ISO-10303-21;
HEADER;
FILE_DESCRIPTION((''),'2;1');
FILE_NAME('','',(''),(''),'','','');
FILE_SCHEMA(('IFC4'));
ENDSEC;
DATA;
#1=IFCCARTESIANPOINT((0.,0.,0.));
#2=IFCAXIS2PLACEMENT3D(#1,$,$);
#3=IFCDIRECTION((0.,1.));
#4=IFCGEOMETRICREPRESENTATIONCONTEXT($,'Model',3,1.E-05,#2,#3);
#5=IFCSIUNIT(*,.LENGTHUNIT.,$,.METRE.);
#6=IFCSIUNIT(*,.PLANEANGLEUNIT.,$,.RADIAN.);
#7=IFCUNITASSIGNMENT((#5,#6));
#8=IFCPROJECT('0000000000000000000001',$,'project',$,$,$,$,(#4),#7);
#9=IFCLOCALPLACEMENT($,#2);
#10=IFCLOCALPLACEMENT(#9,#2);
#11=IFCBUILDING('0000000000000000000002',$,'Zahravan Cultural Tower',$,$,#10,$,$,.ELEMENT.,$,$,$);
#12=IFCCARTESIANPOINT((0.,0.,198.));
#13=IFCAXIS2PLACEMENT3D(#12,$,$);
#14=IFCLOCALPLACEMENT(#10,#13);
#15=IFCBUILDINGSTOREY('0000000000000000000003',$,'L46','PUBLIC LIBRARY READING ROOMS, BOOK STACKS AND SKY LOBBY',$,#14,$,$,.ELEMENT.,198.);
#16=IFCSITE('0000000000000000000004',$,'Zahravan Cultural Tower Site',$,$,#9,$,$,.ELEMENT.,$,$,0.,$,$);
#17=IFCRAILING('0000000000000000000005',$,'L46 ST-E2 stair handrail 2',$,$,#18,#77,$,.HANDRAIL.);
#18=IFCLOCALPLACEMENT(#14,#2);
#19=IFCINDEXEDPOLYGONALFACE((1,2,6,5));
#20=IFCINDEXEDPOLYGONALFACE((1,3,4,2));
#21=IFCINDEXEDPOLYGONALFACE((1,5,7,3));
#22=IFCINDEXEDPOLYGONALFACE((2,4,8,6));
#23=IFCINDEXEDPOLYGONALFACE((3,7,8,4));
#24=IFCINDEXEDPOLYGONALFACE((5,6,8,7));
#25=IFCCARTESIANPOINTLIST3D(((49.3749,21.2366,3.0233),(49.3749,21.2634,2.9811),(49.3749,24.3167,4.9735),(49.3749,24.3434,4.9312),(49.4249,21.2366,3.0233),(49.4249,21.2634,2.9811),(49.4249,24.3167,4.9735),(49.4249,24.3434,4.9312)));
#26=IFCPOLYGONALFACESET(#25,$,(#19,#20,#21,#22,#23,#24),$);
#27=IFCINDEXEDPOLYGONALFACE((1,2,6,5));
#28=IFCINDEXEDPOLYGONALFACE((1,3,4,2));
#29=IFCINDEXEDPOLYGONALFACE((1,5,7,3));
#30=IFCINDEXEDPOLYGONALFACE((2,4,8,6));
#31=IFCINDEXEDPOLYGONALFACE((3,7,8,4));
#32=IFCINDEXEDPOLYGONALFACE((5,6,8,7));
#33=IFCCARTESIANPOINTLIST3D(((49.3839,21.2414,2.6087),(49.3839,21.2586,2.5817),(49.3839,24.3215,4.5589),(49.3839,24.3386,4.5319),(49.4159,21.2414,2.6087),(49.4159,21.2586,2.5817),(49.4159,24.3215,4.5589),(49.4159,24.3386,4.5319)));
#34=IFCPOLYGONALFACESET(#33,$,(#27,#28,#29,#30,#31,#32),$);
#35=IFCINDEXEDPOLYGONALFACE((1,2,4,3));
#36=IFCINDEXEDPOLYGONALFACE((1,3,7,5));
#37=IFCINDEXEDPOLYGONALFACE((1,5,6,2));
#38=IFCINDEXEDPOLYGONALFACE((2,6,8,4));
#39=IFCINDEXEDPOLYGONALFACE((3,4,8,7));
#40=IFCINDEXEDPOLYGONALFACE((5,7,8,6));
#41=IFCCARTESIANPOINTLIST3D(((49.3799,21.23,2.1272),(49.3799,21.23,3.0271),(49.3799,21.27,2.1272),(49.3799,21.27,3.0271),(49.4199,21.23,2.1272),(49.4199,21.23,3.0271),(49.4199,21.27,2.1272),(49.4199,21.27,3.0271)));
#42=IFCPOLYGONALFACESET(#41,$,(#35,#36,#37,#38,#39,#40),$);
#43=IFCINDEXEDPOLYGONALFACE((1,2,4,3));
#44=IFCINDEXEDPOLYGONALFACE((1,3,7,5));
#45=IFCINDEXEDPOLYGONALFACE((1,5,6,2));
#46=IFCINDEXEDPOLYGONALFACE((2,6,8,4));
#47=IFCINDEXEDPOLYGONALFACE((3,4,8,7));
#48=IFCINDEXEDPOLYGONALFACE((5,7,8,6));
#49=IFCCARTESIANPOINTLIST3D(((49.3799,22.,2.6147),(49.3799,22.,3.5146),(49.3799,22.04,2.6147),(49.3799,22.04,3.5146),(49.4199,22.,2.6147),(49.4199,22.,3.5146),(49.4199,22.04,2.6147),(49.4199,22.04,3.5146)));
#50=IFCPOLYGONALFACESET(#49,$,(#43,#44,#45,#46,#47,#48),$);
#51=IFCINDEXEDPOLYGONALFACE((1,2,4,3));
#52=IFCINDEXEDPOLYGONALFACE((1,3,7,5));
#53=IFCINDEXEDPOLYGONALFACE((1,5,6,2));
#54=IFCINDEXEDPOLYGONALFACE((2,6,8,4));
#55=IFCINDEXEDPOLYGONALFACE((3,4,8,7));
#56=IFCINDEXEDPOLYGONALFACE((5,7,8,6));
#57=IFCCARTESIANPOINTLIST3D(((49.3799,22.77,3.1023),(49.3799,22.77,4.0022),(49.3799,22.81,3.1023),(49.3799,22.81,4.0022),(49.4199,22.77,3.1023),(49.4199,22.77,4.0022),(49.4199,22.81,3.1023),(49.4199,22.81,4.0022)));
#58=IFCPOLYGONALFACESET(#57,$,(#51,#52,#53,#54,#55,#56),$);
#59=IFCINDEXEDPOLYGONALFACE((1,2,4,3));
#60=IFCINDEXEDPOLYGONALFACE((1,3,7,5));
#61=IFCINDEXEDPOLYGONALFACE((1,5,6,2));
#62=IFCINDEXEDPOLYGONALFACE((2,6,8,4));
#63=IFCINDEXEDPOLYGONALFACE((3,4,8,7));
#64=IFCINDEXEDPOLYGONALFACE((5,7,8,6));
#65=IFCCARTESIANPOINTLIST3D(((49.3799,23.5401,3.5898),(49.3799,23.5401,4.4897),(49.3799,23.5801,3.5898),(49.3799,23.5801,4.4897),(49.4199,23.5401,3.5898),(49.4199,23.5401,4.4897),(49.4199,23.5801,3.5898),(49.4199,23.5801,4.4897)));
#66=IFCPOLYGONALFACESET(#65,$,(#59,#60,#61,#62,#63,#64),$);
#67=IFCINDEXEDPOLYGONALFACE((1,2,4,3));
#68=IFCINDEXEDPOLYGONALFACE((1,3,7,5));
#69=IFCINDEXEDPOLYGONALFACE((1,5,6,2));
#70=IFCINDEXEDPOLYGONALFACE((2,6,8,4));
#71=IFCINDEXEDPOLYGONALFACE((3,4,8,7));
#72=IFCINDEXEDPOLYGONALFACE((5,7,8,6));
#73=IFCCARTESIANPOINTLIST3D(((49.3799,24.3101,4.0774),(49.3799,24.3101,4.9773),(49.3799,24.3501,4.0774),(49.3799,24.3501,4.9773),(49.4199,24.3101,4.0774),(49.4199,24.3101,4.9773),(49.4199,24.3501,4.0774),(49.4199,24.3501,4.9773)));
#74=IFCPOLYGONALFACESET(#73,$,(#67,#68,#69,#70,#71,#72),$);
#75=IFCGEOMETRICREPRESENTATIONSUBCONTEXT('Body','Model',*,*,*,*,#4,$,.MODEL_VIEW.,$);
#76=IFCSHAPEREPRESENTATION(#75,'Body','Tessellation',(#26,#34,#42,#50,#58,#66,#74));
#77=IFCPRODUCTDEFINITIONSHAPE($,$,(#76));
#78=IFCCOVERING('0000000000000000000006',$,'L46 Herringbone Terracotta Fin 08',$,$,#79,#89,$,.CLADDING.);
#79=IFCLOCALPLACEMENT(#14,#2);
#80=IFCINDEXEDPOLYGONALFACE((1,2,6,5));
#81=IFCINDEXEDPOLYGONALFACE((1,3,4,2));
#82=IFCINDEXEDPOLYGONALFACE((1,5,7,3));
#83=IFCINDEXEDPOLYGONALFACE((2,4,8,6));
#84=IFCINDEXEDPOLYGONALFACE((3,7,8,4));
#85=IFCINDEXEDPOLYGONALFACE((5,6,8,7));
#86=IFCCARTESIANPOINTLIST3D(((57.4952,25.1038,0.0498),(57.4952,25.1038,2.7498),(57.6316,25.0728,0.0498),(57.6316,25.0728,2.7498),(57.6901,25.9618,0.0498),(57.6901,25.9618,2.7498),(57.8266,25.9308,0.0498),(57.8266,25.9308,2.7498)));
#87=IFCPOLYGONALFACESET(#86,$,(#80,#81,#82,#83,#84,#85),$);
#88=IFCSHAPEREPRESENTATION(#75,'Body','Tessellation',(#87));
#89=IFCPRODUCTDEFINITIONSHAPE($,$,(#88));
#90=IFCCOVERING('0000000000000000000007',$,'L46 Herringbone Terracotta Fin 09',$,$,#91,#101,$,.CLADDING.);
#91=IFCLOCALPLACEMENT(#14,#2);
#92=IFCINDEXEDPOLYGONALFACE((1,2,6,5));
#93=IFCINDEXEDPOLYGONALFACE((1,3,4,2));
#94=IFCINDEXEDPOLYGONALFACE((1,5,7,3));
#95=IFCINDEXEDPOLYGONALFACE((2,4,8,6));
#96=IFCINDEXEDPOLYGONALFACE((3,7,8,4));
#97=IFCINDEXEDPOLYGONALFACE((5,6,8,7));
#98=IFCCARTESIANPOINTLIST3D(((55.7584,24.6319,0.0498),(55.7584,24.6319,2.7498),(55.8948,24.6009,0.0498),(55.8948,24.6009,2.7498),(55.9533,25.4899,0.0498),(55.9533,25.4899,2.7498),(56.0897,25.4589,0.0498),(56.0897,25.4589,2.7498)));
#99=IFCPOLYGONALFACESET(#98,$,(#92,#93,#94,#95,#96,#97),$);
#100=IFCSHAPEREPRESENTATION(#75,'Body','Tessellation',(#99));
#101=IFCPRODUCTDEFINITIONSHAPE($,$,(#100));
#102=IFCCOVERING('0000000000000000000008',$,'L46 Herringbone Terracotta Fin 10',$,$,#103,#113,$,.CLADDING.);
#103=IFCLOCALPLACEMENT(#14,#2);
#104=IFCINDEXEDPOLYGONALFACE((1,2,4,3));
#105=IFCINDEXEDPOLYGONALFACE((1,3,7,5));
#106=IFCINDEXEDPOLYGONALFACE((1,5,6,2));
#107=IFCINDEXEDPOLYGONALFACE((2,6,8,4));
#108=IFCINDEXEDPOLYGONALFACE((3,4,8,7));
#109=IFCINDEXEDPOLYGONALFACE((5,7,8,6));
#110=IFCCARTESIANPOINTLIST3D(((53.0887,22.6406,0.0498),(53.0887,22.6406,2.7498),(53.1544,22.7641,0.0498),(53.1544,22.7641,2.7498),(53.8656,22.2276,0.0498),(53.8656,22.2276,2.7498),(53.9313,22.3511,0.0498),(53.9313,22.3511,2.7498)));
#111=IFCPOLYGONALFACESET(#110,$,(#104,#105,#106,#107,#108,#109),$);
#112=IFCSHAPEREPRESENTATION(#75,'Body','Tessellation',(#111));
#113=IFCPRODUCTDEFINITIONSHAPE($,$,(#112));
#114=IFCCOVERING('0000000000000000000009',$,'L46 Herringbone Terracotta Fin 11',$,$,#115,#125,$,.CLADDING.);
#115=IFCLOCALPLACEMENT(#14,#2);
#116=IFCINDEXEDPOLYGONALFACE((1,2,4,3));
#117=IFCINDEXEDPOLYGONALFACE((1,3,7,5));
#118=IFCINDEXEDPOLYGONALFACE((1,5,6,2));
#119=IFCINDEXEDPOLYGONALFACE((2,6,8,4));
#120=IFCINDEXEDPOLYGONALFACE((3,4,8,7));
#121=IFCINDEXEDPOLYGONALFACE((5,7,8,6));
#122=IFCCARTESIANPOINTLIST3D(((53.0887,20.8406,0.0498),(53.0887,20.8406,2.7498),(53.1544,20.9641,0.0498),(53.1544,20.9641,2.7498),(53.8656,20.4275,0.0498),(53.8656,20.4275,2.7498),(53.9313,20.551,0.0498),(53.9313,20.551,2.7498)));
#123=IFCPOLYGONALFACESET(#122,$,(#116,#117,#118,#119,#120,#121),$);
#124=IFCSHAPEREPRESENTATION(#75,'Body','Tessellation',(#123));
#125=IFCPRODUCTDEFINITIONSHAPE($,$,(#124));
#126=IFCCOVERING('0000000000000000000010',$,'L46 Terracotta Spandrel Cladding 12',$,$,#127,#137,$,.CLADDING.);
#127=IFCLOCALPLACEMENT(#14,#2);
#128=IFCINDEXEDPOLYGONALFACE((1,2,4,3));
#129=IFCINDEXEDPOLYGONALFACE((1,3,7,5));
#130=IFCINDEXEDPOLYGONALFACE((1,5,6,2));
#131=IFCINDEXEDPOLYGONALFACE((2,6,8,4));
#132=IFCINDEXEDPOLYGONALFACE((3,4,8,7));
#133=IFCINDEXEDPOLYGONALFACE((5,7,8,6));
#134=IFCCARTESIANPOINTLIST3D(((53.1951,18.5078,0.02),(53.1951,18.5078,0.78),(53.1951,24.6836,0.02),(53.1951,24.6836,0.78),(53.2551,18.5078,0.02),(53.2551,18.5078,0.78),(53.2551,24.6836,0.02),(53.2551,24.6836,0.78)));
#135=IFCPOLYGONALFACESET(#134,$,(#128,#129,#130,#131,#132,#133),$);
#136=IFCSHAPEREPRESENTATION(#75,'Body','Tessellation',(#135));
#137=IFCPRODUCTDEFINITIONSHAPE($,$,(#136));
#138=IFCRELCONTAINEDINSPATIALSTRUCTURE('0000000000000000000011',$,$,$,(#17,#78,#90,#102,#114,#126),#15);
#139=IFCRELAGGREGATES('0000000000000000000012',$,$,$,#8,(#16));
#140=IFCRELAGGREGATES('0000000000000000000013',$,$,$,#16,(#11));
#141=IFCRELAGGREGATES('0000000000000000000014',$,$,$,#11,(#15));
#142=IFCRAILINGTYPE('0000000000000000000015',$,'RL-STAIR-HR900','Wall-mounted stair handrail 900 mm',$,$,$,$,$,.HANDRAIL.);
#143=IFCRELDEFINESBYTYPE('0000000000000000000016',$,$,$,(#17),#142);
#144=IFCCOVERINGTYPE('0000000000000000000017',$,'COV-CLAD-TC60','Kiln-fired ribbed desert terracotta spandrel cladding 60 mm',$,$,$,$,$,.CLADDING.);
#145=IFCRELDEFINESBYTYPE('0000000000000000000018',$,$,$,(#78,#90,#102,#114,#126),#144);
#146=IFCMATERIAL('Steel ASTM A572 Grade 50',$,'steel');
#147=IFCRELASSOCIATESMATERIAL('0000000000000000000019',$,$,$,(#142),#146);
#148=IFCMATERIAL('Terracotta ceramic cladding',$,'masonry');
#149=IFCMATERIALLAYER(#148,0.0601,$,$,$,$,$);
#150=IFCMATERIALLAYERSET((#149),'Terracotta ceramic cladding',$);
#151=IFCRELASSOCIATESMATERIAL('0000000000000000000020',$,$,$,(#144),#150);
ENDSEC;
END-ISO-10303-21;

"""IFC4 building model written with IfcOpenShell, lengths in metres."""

from ifc_helpers import new_model, si_unit, direction, frame, origin, origin_2d, place, context, subcontext, project, spatial, rectangle, extrude, source, transform, mapped, material, layer, layer_set, type_object, element, save


model = new_model("IFC4")

# Units and contexts
model_context = context("Model", 3, precision=1e-05, world=origin(), true_north=direction((0.0, 1.0)))
body_context = subcontext(model_context, "Body", "Model", "MODEL_VIEW")
ifc_project = project(units=[si_unit("LENGTHUNIT", "METRE"), si_unit("PLANEANGLEUNIT", "RADIAN")], contexts=[model_context])

# Site, building, storey
site_placement = place(None, origin())
site = spatial("IfcSite", under=ifc_project, at=site_placement, Name="Zahravan Cultural Tower Site", CompositionType="ELEMENT", RefElevation=0.0)
building_placement = place(site_placement, origin())
building = spatial("IfcBuilding", under=site, at=building_placement, Name="Zahravan Cultural Tower", CompositionType="ELEMENT")
storey_placement = place(building_placement, frame((0.0, 0.0, 198.0)))
storey = spatial("IfcBuildingStorey", under=building, at=storey_placement, Name="L46", Description="PUBLIC LIBRARY READING ROOMS, BOOK STACKS AND SKY LOBBY", CompositionType="ELEMENT", Elevation=198.0)

# Shared definitions
ifc_material_1 = material(Name="Steel ASTM A572 Grade 50", Category="steel")

# Railing
railing_type_1 = type_object("IfcRailingType", Name="RL-STAIR-HR900", Description="Wall-mounted stair handrail 900 mm", PredefinedType="HANDRAIL", material=ifc_material_1)
railing_1_placement = place(storey_placement, frame((49.3999, 21.25, 2.1272)))
element("IfcRailing", 1, at=railing_1_placement, inside=storey, type_object=railing_type_1, Name="L46 ST-E2 stair handrail 2", PredefinedType="HANDRAIL", context=body_context, shape_type="SweptSolid", body=[
    extrude(rectangle(XDim=0.05, YDim=0.05, at=origin_2d()), frame((0.0, 0.0, 0.875), z_axis=(0.0, 0.844884, 0.53495), x_axis=(-1.0, 0.0, 0.0)), (0.0, 0.0, 1.0), 3.6455),
    extrude(rectangle(XDim=0.032, YDim=0.032, at=origin_2d()), frame((0.0, 0.0, 0.468), z_axis=(0.0, 0.844884, 0.53495), x_axis=(-1.0, 0.0, 0.0)), (0.0, 0.0, 1.0), 3.6455),
    extrude(rectangle(XDim=0.04, YDim=0.04, at=origin_2d()), origin(), (0.0, 0.0, 1.0), 0.8999),
    extrude(rectangle(XDim=0.04, YDim=0.04, at=origin_2d()), frame((0.0, 0.77, 0.4875)), (0.0, 0.0, 1.0), 0.8999),
    extrude(rectangle(XDim=0.04, YDim=0.04, at=origin_2d()), frame((0.0, 1.54, 0.9751)), (0.0, 0.0, 1.0), 0.8999),
    extrude(rectangle(XDim=0.04, YDim=0.04, at=origin_2d()), frame((0.0, 2.3101, 1.4626)), (0.0, 0.0, 1.0), 0.8999),
    extrude(rectangle(XDim=0.04, YDim=0.04, at=origin_2d()), frame((0.0, 3.0801, 1.9502)), (0.0, 0.0, 1.0), 0.8999),
])

# Coverings
ifc_material_2 = material(Name="Terracotta ceramic cladding", Category="masonry")
ifc_layer_1 = layer(ifc_material_2, 0.0601)
ifc_layer_set_1 = layer_set([ifc_layer_1], Name="Terracotta ceramic cladding")
covering_type = type_object("IfcCoveringType", Name="COV-CLAD-TC60", Description="Kiln-fired ribbed desert terracotta spandrel cladding 60 mm", PredefinedType="CLADDING", material=ifc_layer_set_1)
shared_shape_1 = source(origin(), body_context, "Body", "SweptSolid", [
    extrude(rectangle(XDim=0.8799, YDim=0.1399, at=origin_2d()), origin(), (0.0, 0.0, 1.0), 2.7),
])
for number, where, z_axis, x_axis, name in (
    (2, (57.6609, 25.5173, 0.0498), (0.0, 0.0, 1.0), (-0.221548, -0.975149, 0.0), "L46 Herringbone Terracotta Fin 08"),
    (3, (55.9241, 25.0454, 0.0498), (0.0, 0.0, 1.0), (-0.221548, -0.975149, 0.0), "L46 Herringbone Terracotta Fin 09"),
    (4, (53.51, 22.4958, 0.0498), (0.0, 0.0, 1.0), (0.882948, -0.469472, 0.0), "L46 Herringbone Terracotta Fin 10"),
    (5, (53.51, 20.6958, 0.0498), (0.0, 0.0, 1.0), (0.882948, -0.469472, 0.0), "L46 Herringbone Terracotta Fin 11"),
):
    element("IfcCovering", number, at=place(storey_placement, frame(where, z_axis=z_axis, x_axis=x_axis)), inside=storey, type_object=covering_type, Name=name, PredefinedType="CLADDING", context=body_context, shape_type="MappedRepresentation", body=[
        mapped(shared_shape_1, transform((0.0, 0.0, 0.0), x_axis=(1.0, 0.0, 0.0), y_axis=(0.0, 1.0, 0.0), z_axis=(0.0, 0.0, 1.0), scale=1.0)),
    ])
shared_shape_2 = source(origin(), body_context, "Body", "SweptSolid", [
    extrude(rectangle(XDim=6.1758, YDim=0.0601, at=origin_2d()), origin(), (0.0, 0.0, 1.0), 0.76),
])
covering_placement = place(storey_placement, frame((53.2251, 21.5957, 0.02), z_axis=(0.0, 0.0, 1.0), x_axis=(0.0, -1.0, 0.0)))
element("IfcCovering", 6, at=covering_placement, inside=storey, type_object=covering_type, Name="L46 Terracotta Spandrel Cladding 12", PredefinedType="CLADDING", context=body_context, shape_type="MappedRepresentation", body=[
    mapped(shared_shape_2, transform((0.0, 0.0, 0.0), x_axis=(1.0, 0.0, 0.0), y_axis=(0.0, 1.0, 0.0), z_axis=(0.0, 0.0, 1.0), scale=1.0)),
])

save(model, "model.ifc")
